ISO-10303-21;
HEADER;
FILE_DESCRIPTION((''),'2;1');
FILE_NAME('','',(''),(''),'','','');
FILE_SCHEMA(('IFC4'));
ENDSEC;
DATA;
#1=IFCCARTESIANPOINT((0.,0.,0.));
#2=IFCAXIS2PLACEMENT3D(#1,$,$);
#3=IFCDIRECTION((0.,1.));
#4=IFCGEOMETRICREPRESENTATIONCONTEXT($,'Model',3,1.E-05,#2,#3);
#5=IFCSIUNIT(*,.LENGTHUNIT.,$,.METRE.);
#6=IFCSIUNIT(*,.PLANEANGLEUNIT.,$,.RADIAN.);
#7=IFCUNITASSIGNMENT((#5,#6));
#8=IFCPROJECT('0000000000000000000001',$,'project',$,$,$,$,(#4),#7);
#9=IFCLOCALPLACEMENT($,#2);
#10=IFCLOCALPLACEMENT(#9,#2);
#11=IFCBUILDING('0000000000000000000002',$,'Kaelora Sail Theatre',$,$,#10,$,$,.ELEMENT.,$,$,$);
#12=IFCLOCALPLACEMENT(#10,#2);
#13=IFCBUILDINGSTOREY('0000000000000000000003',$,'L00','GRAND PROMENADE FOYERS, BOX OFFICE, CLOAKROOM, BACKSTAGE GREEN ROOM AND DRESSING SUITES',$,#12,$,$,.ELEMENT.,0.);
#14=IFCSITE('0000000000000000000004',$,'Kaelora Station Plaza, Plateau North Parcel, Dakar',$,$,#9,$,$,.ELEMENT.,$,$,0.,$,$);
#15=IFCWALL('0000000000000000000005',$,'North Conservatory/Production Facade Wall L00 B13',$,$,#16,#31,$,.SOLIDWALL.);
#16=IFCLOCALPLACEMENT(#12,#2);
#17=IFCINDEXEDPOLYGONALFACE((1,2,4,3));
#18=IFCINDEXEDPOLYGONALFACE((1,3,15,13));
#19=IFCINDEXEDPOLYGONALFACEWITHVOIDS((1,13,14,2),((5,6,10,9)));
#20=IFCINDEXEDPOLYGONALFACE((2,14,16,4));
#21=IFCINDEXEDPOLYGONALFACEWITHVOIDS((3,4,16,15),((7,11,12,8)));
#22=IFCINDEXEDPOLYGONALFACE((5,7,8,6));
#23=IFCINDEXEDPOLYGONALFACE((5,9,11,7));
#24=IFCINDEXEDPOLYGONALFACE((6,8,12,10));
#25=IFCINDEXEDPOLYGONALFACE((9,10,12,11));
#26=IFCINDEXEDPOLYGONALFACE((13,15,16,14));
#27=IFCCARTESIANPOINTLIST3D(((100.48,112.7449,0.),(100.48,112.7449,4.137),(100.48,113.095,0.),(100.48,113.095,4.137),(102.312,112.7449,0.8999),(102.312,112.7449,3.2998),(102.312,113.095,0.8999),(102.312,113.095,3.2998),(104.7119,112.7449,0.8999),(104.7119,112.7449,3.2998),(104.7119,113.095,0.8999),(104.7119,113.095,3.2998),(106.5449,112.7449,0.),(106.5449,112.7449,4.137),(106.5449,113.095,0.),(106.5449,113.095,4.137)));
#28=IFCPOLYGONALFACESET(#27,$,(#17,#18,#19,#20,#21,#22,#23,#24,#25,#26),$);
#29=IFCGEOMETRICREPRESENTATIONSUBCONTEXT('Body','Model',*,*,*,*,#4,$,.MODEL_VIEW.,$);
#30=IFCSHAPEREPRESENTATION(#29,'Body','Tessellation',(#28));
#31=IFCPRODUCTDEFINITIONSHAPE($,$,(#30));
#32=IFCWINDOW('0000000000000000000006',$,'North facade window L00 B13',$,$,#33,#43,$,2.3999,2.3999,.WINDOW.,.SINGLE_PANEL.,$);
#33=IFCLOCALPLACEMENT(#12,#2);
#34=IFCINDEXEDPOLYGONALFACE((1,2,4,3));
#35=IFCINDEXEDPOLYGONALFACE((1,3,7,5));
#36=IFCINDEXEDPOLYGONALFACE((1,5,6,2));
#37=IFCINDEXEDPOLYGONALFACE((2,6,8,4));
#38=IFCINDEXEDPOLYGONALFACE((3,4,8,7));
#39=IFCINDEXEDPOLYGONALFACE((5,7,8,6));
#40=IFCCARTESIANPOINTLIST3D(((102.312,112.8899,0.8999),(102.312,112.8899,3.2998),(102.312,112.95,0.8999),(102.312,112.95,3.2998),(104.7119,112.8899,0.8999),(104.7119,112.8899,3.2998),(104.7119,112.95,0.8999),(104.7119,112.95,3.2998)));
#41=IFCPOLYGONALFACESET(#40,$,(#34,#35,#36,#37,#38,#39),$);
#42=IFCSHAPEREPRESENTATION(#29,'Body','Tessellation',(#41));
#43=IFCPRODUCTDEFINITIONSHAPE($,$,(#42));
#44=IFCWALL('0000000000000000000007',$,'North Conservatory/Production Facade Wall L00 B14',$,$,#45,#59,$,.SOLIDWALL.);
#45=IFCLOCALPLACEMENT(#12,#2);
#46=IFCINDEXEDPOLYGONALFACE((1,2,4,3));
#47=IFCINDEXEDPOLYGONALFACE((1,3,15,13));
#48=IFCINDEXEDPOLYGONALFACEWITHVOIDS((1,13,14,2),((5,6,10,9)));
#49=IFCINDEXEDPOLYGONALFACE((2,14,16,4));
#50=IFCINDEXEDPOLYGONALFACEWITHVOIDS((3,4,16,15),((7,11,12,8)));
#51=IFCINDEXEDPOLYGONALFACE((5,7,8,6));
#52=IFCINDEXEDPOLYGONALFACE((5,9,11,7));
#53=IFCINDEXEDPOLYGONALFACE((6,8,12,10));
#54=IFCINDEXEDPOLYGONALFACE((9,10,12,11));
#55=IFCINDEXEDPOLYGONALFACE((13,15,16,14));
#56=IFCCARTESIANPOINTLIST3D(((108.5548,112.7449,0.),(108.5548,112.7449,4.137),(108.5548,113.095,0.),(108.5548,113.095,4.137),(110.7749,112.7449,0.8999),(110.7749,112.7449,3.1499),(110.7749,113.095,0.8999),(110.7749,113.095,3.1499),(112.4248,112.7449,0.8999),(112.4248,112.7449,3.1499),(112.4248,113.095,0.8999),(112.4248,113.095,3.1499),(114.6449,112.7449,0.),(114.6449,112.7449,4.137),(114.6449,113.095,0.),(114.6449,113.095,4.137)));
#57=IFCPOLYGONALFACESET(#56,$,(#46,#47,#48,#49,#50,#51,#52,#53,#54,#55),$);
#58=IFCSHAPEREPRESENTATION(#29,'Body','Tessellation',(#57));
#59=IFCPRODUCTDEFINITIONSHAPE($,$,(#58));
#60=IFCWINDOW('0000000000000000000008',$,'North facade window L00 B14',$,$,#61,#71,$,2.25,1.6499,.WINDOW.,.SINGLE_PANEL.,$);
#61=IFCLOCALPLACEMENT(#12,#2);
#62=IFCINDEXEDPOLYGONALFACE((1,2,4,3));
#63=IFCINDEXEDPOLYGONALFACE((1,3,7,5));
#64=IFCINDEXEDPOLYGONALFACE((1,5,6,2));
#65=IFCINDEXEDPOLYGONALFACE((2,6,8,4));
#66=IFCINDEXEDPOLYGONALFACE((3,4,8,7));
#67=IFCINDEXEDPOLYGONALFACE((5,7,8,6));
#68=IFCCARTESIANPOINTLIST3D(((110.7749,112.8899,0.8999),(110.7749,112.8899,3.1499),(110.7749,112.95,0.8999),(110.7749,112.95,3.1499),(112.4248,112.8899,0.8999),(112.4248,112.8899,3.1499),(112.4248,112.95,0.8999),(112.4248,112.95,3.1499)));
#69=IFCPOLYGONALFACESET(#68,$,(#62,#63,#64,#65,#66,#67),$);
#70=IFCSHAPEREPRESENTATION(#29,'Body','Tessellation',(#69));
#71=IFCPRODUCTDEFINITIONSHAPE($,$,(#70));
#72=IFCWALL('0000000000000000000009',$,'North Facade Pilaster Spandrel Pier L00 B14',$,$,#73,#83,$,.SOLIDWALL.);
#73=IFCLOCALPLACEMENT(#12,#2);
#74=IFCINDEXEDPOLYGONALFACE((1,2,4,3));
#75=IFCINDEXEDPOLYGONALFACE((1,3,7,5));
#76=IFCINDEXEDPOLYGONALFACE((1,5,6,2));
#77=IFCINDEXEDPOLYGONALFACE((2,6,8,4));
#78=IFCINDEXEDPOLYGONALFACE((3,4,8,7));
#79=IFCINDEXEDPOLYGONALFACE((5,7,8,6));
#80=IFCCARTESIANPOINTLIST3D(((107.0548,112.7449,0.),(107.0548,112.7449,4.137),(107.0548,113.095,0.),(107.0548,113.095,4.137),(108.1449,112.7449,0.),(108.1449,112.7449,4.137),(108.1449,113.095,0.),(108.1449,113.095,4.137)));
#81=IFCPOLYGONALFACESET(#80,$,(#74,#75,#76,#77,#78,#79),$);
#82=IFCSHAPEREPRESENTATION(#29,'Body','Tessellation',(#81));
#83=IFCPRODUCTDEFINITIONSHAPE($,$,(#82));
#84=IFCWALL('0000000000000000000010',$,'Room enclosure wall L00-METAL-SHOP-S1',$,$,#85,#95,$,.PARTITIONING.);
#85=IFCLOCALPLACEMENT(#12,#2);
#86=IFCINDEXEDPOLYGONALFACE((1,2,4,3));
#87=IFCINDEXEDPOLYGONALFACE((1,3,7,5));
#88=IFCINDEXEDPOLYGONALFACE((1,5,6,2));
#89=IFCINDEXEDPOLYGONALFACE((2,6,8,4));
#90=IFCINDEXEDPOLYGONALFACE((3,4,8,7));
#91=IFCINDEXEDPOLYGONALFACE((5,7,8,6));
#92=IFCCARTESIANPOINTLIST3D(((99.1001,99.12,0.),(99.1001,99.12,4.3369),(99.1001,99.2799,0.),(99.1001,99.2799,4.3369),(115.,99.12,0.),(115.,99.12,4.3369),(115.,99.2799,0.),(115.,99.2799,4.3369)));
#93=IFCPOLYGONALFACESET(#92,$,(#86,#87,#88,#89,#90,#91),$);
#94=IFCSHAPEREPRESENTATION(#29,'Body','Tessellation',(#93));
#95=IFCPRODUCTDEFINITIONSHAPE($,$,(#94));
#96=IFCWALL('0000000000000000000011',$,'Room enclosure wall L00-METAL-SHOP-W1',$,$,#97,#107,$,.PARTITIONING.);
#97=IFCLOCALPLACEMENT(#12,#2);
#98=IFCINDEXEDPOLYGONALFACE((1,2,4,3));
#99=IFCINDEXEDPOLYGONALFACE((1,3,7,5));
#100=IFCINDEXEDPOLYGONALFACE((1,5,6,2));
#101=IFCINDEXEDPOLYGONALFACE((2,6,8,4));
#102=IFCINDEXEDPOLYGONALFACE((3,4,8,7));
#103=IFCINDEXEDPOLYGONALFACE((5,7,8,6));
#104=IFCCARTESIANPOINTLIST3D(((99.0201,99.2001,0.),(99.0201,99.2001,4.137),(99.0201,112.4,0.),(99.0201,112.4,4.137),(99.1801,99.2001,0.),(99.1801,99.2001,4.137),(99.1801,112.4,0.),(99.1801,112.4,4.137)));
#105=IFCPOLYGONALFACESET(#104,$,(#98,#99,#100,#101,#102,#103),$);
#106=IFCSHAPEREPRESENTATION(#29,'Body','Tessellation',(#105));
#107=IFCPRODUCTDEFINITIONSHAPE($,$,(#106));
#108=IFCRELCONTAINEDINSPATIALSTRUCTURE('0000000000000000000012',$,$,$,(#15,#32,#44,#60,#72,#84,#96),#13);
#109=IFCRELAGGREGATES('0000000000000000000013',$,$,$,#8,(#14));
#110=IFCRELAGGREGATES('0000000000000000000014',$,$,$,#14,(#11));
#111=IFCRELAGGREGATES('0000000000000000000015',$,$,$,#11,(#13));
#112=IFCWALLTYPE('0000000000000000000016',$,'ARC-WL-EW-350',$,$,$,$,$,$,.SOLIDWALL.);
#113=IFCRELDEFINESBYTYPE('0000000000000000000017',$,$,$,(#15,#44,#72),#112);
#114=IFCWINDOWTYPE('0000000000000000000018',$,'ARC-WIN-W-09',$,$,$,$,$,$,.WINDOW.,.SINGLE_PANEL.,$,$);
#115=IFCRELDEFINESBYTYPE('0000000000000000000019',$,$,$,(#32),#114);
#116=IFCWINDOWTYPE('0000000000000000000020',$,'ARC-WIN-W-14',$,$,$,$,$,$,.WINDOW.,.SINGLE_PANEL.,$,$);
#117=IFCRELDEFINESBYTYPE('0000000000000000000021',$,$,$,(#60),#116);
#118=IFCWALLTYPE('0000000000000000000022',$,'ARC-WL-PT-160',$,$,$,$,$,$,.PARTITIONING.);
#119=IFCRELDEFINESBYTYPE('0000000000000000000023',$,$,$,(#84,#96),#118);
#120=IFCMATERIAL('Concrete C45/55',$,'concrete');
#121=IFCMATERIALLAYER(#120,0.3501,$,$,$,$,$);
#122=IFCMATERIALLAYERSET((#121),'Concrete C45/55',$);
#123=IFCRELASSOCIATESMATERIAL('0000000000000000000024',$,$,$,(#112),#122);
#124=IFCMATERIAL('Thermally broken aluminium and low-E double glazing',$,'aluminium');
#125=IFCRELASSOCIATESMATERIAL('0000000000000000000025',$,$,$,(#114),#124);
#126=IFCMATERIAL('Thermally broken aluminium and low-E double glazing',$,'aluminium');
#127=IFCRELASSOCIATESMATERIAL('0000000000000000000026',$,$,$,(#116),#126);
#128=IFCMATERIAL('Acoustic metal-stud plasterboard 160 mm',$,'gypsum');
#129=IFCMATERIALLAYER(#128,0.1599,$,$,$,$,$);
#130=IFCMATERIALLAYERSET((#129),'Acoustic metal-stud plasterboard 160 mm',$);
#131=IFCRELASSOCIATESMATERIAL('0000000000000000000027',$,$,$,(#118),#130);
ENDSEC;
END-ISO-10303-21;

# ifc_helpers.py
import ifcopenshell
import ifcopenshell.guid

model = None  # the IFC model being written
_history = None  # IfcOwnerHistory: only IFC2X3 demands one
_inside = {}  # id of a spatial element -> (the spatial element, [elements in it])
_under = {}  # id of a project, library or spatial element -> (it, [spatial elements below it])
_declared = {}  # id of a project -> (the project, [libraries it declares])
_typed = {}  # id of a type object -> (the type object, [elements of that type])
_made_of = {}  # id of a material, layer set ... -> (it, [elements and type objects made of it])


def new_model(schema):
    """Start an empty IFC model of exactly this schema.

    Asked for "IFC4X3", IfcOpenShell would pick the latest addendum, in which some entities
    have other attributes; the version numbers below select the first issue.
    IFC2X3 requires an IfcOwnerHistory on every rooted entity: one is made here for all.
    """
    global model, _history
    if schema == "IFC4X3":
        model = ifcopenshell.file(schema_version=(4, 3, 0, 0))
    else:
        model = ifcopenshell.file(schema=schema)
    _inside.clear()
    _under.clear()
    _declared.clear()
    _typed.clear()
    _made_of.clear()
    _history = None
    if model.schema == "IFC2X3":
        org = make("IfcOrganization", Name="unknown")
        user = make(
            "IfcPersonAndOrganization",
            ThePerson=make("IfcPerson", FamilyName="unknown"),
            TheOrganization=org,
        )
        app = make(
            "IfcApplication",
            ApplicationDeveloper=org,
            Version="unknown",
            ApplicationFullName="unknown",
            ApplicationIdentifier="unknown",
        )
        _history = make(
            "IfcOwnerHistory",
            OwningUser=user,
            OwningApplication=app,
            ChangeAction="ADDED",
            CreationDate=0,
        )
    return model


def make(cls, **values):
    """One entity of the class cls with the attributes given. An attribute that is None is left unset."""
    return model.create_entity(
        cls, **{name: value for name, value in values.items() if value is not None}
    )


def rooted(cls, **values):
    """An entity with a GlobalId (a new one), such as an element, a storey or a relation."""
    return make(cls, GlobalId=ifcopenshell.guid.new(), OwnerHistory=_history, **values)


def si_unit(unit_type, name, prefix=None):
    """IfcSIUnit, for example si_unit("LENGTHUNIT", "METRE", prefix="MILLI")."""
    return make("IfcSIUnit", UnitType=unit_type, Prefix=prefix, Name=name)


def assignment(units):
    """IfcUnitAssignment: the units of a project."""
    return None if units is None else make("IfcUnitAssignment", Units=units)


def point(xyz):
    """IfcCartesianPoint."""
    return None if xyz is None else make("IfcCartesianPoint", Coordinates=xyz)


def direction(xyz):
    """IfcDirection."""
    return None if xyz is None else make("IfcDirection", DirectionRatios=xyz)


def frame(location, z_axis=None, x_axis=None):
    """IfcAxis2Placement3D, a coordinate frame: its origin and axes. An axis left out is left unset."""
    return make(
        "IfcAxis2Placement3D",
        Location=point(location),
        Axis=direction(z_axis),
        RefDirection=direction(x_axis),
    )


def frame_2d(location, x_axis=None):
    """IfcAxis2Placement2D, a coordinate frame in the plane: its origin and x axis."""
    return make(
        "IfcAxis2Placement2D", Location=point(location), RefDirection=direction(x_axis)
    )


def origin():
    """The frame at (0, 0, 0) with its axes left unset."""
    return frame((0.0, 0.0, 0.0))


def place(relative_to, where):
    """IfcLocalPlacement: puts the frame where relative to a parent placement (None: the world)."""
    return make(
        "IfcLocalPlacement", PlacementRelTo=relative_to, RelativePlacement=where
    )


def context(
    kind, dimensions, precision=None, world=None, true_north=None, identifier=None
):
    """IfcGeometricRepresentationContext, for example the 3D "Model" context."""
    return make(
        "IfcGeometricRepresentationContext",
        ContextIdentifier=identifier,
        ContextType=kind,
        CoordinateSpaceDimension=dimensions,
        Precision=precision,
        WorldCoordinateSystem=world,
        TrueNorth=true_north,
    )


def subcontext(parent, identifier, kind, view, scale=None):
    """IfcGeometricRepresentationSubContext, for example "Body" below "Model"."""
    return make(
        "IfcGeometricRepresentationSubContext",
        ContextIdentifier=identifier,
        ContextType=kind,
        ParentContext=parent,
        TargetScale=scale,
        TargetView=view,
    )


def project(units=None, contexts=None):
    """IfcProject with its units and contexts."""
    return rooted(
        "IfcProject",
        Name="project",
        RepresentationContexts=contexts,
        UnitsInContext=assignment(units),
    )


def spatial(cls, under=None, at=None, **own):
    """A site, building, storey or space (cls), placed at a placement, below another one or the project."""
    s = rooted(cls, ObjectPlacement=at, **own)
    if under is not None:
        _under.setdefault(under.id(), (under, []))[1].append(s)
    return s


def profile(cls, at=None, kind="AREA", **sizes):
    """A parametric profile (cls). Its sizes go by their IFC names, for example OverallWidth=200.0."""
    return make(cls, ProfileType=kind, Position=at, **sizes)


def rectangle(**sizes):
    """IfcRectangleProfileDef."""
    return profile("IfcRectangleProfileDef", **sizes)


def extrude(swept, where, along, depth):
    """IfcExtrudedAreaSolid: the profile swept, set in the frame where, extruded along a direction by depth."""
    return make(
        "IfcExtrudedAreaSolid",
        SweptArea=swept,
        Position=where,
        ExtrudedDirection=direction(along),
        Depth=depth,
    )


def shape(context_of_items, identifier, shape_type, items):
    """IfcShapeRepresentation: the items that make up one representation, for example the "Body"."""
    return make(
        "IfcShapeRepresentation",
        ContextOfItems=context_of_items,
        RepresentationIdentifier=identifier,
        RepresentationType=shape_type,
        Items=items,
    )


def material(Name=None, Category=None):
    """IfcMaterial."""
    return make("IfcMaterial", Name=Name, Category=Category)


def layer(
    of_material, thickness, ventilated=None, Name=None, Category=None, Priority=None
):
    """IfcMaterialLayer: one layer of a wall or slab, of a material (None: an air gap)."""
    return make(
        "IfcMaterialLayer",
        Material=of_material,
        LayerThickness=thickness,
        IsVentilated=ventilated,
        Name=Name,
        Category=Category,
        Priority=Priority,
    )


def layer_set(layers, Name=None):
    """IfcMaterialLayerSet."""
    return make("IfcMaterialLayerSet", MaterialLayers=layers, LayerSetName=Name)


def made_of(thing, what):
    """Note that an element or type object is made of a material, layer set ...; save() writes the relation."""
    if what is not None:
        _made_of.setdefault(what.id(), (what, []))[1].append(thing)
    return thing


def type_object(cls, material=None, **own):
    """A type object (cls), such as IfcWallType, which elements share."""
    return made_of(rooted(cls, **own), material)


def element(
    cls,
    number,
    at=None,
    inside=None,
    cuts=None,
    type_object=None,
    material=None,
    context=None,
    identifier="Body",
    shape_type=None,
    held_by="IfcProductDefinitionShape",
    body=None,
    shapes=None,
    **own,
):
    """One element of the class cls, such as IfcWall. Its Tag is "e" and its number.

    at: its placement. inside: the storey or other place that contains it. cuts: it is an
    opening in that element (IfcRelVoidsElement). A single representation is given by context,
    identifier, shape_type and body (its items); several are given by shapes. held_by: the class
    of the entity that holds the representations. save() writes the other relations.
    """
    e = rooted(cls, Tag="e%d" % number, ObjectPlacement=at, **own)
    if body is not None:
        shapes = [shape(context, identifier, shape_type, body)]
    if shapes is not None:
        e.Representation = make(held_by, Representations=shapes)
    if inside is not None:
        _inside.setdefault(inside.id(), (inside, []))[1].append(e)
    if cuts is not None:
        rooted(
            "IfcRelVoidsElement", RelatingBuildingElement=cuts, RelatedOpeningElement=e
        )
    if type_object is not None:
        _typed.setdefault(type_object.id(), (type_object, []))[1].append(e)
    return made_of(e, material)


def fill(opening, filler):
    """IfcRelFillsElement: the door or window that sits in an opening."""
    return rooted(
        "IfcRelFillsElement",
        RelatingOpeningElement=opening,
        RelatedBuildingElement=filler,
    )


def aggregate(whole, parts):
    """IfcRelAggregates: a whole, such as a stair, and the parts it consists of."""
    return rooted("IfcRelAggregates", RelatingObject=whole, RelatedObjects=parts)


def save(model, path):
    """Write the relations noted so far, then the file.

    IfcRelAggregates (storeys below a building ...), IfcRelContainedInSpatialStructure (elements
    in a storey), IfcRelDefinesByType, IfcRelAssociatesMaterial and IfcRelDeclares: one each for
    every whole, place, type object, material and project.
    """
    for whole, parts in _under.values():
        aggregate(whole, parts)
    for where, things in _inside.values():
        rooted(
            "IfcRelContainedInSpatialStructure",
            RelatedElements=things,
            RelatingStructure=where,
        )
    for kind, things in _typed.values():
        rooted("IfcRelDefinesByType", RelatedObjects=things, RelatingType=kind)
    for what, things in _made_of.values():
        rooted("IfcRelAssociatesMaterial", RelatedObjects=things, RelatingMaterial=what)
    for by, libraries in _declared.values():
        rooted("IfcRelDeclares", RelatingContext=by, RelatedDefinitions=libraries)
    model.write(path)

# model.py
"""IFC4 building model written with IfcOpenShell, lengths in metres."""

from ifc_helpers import new_model, si_unit, direction, frame, frame_2d, origin, place, context, subcontext, project, spatial, rectangle, extrude, material, layer, layer_set, type_object, element, fill, save


model = new_model("IFC4")

# Units and contexts
model_context = context("Model", 3, precision=1e-05, world=origin(), true_north=direction((0.0, 1.0)))
body_context = subcontext(model_context, "Body", "Model", "MODEL_VIEW")
ifc_project = project(units=[si_unit("LENGTHUNIT", "METRE"), si_unit("PLANEANGLEUNIT", "RADIAN")], contexts=[model_context])

# Site, building, storey
site_placement = place(None, origin())
site = spatial("IfcSite", under=ifc_project, at=site_placement, Name="Kaelora Station Plaza, Plateau North Parcel, Dakar", CompositionType="ELEMENT", RefElevation=0.0)
building_placement = place(site_placement, origin())
building = spatial("IfcBuilding", under=site, at=building_placement, Name="Kaelora Sail Theatre", CompositionType="ELEMENT")
storey_placement = place(building_placement, origin())
storey = spatial("IfcBuildingStorey", under=building, at=storey_placement, Name="L00", Description="GRAND PROMENADE FOYERS, BOX OFFICE, CLOAKROOM, BACKSTAGE GREEN ROOM AND DRESSING SUITES", CompositionType="ELEMENT", Elevation=0.0)

# Walls, openings, windows
ifc_material_1 = material(Name="Concrete C45/55", Category="concrete")
ifc_layer_1 = layer(ifc_material_1, 0.3501)
ifc_layer_set_1 = layer_set([ifc_layer_1], Name="Concrete C45/55")
wall_type_1 = type_object("IfcWallType", Name="ARC-WL-EW-350", PredefinedType="SOLIDWALL", material=ifc_layer_set_1)
wall_1_placement = place(storey_placement, frame((100.48, 112.9199, 0.0), z_axis=(0.0, 0.0, 1.0), x_axis=(1.0, 0.0, 0.0)))
wall_1 = element("IfcWall", 1, at=wall_1_placement, inside=storey, type_object=wall_type_1, Name="North Conservatory/Production Facade Wall L00 B13", PredefinedType="SOLIDWALL", context=body_context, shape_type="SweptSolid", body=[
    extrude(rectangle(XDim=6.0649, YDim=0.3501, at=frame_2d((3.0325, 0.0))), origin(), (0.0, 0.0, 1.0), 4.137),
])
opening_1_placement = place(wall_1_placement, frame((1.832, 0.0, 0.8999)))
opening_1 = element("IfcOpeningElement", 2, at=opening_1_placement, cuts=wall_1, PredefinedType="OPENING", context=body_context, shape_type="SweptSolid", body=[
    extrude(rectangle(XDim=2.3999, YDim=2.3999, at=frame_2d((1.2, 1.2))), frame((0.0, 0.185, 0.0), z_axis=(0.0, -1.0, 0.0), x_axis=(1.0, 0.0, 0.0)), (0.0, 0.0, 1.0), 0.3701),
])
ifc_material_2 = material(Name="Thermally broken aluminium and low-E double glazing", Category="aluminium")
window_type_1 = type_object("IfcWindowType", Name="ARC-WIN-W-09", PartitioningType="SINGLE_PANEL", PredefinedType="WINDOW", material=ifc_material_2)
window_1_placement = place(opening_1_placement, origin())
window_1 = element("IfcWindow", 3, at=window_1_placement, inside=storey, type_object=window_type_1, Name="North facade window L00 B13", OverallHeight=2.3999, OverallWidth=2.3999, PartitioningType="SINGLE_PANEL", PredefinedType="WINDOW", context=body_context, shape_type="SweptSolid", body=[
    extrude(rectangle(XDim=2.3999, YDim=2.3999, at=frame_2d((1.2, 1.2))), frame((0.0, 0.03, 0.0), z_axis=(0.0, -1.0, 0.0), x_axis=(1.0, 0.0, 0.0)), (0.0, 0.0, 1.0), 0.0601),
])
fill(opening_1, window_1)
wall_2_placement = place(storey_placement, frame((108.5549, 112.9199, 0.0), z_axis=(0.0, 0.0, 1.0), x_axis=(1.0, 0.0, 0.0)))
wall_2 = element("IfcWall", 4, at=wall_2_placement, inside=storey, type_object=wall_type_1, Name="North Conservatory/Production Facade Wall L00 B14", PredefinedType="SOLIDWALL", context=body_context, shape_type="SweptSolid", body=[
    extrude(rectangle(XDim=6.0901, YDim=0.3501, at=frame_2d((3.0449, 0.0))), origin(), (0.0, 0.0, 1.0), 4.137),
])
opening_2_placement = place(wall_2_placement, frame((2.22, 0.0, 0.8999)))
opening_2 = element("IfcOpeningElement", 5, at=opening_2_placement, cuts=wall_2, PredefinedType="OPENING", context=body_context, shape_type="SweptSolid", body=[
    extrude(rectangle(XDim=1.6499, YDim=2.25, at=frame_2d((0.825, 1.125))), frame((0.0, 0.185, 0.0), z_axis=(0.0, -1.0, 0.0), x_axis=(1.0, 0.0, 0.0)), (0.0, 0.0, 1.0), 0.3701),
])
ifc_material_3 = material(Name="Thermally broken aluminium and low-E double glazing", Category="aluminium")
window_type_2 = type_object("IfcWindowType", Name="ARC-WIN-W-14", PartitioningType="SINGLE_PANEL", PredefinedType="WINDOW", material=ifc_material_3)
window_2_placement = place(opening_2_placement, origin())
window_2 = element("IfcWindow", 6, at=window_2_placement, inside=storey, type_object=window_type_2, Name="North facade window L00 B14", OverallHeight=2.25, OverallWidth=1.6499, PartitioningType="SINGLE_PANEL", PredefinedType="WINDOW", context=body_context, shape_type="SweptSolid", body=[
    extrude(rectangle(XDim=1.6499, YDim=2.25, at=frame_2d((0.825, 1.125))), frame((0.0, 0.03, 0.0), z_axis=(0.0, -1.0, 0.0), x_axis=(1.0, 0.0, 0.0)), (0.0, 0.0, 1.0), 0.0601),
])
fill(opening_2, window_2)

# Walls
wall_3_placement = place(storey_placement, frame((107.0549, 112.9199, 0.0), z_axis=(0.0, 0.0, 1.0), x_axis=(1.0, 0.0, 0.0)))
element("IfcWall", 7, at=wall_3_placement, inside=storey, type_object=wall_type_1, Name="North Facade Pilaster Spandrel Pier L00 B14", PredefinedType="SOLIDWALL", context=body_context, shape_type="SweptSolid", body=[
    extrude(rectangle(XDim=1.0901, YDim=0.3501, at=frame_2d((0.5449, 0.0))), origin(), (0.0, 0.0, 1.0), 4.137),
])
ifc_material_4 = material(Name="Acoustic metal-stud plasterboard 160 mm", Category="gypsum")
ifc_layer_2 = layer(ifc_material_4, 0.1599)
ifc_layer_set_2 = layer_set([ifc_layer_2], Name="Acoustic metal-stud plasterboard 160 mm")
wall_type_2 = type_object("IfcWallType", Name="ARC-WL-PT-160", PredefinedType="PARTITIONING", material=ifc_layer_set_2)
wall_4_placement = place(storey_placement, frame((99.1001, 99.2, 0.0), z_axis=(0.0, 0.0, 1.0), x_axis=(1.0, 0.0, 0.0)))
element("IfcWall", 8, at=wall_4_placement, inside=storey, type_object=wall_type_2, Name="Room enclosure wall L00-METAL-SHOP-S1", PredefinedType="PARTITIONING", context=body_context, shape_type="SweptSolid", body=[
    extrude(rectangle(XDim=15.8999, YDim=0.1599, at=frame_2d((7.95, 0.0))), origin(), (0.0, 0.0, 1.0), 4.3369),
])
wall_5_placement = place(storey_placement, frame((99.1001, 99.2, 0.0), z_axis=(0.0, 0.0, 1.0), x_axis=(0.0, 1.0, 0.0)))
element("IfcWall", 9, at=wall_5_placement, inside=storey, type_object=wall_type_2, Name="Room enclosure wall L00-METAL-SHOP-W1", PredefinedType="PARTITIONING", context=body_context, shape_type="SweptSolid", body=[
    extrude(rectangle(XDim=13.2, YDim=0.1599, at=frame_2d((6.6001, 0.0))), origin(), (0.0, 0.0, 1.0), 4.137),
])

save(model, "model.ifc")
